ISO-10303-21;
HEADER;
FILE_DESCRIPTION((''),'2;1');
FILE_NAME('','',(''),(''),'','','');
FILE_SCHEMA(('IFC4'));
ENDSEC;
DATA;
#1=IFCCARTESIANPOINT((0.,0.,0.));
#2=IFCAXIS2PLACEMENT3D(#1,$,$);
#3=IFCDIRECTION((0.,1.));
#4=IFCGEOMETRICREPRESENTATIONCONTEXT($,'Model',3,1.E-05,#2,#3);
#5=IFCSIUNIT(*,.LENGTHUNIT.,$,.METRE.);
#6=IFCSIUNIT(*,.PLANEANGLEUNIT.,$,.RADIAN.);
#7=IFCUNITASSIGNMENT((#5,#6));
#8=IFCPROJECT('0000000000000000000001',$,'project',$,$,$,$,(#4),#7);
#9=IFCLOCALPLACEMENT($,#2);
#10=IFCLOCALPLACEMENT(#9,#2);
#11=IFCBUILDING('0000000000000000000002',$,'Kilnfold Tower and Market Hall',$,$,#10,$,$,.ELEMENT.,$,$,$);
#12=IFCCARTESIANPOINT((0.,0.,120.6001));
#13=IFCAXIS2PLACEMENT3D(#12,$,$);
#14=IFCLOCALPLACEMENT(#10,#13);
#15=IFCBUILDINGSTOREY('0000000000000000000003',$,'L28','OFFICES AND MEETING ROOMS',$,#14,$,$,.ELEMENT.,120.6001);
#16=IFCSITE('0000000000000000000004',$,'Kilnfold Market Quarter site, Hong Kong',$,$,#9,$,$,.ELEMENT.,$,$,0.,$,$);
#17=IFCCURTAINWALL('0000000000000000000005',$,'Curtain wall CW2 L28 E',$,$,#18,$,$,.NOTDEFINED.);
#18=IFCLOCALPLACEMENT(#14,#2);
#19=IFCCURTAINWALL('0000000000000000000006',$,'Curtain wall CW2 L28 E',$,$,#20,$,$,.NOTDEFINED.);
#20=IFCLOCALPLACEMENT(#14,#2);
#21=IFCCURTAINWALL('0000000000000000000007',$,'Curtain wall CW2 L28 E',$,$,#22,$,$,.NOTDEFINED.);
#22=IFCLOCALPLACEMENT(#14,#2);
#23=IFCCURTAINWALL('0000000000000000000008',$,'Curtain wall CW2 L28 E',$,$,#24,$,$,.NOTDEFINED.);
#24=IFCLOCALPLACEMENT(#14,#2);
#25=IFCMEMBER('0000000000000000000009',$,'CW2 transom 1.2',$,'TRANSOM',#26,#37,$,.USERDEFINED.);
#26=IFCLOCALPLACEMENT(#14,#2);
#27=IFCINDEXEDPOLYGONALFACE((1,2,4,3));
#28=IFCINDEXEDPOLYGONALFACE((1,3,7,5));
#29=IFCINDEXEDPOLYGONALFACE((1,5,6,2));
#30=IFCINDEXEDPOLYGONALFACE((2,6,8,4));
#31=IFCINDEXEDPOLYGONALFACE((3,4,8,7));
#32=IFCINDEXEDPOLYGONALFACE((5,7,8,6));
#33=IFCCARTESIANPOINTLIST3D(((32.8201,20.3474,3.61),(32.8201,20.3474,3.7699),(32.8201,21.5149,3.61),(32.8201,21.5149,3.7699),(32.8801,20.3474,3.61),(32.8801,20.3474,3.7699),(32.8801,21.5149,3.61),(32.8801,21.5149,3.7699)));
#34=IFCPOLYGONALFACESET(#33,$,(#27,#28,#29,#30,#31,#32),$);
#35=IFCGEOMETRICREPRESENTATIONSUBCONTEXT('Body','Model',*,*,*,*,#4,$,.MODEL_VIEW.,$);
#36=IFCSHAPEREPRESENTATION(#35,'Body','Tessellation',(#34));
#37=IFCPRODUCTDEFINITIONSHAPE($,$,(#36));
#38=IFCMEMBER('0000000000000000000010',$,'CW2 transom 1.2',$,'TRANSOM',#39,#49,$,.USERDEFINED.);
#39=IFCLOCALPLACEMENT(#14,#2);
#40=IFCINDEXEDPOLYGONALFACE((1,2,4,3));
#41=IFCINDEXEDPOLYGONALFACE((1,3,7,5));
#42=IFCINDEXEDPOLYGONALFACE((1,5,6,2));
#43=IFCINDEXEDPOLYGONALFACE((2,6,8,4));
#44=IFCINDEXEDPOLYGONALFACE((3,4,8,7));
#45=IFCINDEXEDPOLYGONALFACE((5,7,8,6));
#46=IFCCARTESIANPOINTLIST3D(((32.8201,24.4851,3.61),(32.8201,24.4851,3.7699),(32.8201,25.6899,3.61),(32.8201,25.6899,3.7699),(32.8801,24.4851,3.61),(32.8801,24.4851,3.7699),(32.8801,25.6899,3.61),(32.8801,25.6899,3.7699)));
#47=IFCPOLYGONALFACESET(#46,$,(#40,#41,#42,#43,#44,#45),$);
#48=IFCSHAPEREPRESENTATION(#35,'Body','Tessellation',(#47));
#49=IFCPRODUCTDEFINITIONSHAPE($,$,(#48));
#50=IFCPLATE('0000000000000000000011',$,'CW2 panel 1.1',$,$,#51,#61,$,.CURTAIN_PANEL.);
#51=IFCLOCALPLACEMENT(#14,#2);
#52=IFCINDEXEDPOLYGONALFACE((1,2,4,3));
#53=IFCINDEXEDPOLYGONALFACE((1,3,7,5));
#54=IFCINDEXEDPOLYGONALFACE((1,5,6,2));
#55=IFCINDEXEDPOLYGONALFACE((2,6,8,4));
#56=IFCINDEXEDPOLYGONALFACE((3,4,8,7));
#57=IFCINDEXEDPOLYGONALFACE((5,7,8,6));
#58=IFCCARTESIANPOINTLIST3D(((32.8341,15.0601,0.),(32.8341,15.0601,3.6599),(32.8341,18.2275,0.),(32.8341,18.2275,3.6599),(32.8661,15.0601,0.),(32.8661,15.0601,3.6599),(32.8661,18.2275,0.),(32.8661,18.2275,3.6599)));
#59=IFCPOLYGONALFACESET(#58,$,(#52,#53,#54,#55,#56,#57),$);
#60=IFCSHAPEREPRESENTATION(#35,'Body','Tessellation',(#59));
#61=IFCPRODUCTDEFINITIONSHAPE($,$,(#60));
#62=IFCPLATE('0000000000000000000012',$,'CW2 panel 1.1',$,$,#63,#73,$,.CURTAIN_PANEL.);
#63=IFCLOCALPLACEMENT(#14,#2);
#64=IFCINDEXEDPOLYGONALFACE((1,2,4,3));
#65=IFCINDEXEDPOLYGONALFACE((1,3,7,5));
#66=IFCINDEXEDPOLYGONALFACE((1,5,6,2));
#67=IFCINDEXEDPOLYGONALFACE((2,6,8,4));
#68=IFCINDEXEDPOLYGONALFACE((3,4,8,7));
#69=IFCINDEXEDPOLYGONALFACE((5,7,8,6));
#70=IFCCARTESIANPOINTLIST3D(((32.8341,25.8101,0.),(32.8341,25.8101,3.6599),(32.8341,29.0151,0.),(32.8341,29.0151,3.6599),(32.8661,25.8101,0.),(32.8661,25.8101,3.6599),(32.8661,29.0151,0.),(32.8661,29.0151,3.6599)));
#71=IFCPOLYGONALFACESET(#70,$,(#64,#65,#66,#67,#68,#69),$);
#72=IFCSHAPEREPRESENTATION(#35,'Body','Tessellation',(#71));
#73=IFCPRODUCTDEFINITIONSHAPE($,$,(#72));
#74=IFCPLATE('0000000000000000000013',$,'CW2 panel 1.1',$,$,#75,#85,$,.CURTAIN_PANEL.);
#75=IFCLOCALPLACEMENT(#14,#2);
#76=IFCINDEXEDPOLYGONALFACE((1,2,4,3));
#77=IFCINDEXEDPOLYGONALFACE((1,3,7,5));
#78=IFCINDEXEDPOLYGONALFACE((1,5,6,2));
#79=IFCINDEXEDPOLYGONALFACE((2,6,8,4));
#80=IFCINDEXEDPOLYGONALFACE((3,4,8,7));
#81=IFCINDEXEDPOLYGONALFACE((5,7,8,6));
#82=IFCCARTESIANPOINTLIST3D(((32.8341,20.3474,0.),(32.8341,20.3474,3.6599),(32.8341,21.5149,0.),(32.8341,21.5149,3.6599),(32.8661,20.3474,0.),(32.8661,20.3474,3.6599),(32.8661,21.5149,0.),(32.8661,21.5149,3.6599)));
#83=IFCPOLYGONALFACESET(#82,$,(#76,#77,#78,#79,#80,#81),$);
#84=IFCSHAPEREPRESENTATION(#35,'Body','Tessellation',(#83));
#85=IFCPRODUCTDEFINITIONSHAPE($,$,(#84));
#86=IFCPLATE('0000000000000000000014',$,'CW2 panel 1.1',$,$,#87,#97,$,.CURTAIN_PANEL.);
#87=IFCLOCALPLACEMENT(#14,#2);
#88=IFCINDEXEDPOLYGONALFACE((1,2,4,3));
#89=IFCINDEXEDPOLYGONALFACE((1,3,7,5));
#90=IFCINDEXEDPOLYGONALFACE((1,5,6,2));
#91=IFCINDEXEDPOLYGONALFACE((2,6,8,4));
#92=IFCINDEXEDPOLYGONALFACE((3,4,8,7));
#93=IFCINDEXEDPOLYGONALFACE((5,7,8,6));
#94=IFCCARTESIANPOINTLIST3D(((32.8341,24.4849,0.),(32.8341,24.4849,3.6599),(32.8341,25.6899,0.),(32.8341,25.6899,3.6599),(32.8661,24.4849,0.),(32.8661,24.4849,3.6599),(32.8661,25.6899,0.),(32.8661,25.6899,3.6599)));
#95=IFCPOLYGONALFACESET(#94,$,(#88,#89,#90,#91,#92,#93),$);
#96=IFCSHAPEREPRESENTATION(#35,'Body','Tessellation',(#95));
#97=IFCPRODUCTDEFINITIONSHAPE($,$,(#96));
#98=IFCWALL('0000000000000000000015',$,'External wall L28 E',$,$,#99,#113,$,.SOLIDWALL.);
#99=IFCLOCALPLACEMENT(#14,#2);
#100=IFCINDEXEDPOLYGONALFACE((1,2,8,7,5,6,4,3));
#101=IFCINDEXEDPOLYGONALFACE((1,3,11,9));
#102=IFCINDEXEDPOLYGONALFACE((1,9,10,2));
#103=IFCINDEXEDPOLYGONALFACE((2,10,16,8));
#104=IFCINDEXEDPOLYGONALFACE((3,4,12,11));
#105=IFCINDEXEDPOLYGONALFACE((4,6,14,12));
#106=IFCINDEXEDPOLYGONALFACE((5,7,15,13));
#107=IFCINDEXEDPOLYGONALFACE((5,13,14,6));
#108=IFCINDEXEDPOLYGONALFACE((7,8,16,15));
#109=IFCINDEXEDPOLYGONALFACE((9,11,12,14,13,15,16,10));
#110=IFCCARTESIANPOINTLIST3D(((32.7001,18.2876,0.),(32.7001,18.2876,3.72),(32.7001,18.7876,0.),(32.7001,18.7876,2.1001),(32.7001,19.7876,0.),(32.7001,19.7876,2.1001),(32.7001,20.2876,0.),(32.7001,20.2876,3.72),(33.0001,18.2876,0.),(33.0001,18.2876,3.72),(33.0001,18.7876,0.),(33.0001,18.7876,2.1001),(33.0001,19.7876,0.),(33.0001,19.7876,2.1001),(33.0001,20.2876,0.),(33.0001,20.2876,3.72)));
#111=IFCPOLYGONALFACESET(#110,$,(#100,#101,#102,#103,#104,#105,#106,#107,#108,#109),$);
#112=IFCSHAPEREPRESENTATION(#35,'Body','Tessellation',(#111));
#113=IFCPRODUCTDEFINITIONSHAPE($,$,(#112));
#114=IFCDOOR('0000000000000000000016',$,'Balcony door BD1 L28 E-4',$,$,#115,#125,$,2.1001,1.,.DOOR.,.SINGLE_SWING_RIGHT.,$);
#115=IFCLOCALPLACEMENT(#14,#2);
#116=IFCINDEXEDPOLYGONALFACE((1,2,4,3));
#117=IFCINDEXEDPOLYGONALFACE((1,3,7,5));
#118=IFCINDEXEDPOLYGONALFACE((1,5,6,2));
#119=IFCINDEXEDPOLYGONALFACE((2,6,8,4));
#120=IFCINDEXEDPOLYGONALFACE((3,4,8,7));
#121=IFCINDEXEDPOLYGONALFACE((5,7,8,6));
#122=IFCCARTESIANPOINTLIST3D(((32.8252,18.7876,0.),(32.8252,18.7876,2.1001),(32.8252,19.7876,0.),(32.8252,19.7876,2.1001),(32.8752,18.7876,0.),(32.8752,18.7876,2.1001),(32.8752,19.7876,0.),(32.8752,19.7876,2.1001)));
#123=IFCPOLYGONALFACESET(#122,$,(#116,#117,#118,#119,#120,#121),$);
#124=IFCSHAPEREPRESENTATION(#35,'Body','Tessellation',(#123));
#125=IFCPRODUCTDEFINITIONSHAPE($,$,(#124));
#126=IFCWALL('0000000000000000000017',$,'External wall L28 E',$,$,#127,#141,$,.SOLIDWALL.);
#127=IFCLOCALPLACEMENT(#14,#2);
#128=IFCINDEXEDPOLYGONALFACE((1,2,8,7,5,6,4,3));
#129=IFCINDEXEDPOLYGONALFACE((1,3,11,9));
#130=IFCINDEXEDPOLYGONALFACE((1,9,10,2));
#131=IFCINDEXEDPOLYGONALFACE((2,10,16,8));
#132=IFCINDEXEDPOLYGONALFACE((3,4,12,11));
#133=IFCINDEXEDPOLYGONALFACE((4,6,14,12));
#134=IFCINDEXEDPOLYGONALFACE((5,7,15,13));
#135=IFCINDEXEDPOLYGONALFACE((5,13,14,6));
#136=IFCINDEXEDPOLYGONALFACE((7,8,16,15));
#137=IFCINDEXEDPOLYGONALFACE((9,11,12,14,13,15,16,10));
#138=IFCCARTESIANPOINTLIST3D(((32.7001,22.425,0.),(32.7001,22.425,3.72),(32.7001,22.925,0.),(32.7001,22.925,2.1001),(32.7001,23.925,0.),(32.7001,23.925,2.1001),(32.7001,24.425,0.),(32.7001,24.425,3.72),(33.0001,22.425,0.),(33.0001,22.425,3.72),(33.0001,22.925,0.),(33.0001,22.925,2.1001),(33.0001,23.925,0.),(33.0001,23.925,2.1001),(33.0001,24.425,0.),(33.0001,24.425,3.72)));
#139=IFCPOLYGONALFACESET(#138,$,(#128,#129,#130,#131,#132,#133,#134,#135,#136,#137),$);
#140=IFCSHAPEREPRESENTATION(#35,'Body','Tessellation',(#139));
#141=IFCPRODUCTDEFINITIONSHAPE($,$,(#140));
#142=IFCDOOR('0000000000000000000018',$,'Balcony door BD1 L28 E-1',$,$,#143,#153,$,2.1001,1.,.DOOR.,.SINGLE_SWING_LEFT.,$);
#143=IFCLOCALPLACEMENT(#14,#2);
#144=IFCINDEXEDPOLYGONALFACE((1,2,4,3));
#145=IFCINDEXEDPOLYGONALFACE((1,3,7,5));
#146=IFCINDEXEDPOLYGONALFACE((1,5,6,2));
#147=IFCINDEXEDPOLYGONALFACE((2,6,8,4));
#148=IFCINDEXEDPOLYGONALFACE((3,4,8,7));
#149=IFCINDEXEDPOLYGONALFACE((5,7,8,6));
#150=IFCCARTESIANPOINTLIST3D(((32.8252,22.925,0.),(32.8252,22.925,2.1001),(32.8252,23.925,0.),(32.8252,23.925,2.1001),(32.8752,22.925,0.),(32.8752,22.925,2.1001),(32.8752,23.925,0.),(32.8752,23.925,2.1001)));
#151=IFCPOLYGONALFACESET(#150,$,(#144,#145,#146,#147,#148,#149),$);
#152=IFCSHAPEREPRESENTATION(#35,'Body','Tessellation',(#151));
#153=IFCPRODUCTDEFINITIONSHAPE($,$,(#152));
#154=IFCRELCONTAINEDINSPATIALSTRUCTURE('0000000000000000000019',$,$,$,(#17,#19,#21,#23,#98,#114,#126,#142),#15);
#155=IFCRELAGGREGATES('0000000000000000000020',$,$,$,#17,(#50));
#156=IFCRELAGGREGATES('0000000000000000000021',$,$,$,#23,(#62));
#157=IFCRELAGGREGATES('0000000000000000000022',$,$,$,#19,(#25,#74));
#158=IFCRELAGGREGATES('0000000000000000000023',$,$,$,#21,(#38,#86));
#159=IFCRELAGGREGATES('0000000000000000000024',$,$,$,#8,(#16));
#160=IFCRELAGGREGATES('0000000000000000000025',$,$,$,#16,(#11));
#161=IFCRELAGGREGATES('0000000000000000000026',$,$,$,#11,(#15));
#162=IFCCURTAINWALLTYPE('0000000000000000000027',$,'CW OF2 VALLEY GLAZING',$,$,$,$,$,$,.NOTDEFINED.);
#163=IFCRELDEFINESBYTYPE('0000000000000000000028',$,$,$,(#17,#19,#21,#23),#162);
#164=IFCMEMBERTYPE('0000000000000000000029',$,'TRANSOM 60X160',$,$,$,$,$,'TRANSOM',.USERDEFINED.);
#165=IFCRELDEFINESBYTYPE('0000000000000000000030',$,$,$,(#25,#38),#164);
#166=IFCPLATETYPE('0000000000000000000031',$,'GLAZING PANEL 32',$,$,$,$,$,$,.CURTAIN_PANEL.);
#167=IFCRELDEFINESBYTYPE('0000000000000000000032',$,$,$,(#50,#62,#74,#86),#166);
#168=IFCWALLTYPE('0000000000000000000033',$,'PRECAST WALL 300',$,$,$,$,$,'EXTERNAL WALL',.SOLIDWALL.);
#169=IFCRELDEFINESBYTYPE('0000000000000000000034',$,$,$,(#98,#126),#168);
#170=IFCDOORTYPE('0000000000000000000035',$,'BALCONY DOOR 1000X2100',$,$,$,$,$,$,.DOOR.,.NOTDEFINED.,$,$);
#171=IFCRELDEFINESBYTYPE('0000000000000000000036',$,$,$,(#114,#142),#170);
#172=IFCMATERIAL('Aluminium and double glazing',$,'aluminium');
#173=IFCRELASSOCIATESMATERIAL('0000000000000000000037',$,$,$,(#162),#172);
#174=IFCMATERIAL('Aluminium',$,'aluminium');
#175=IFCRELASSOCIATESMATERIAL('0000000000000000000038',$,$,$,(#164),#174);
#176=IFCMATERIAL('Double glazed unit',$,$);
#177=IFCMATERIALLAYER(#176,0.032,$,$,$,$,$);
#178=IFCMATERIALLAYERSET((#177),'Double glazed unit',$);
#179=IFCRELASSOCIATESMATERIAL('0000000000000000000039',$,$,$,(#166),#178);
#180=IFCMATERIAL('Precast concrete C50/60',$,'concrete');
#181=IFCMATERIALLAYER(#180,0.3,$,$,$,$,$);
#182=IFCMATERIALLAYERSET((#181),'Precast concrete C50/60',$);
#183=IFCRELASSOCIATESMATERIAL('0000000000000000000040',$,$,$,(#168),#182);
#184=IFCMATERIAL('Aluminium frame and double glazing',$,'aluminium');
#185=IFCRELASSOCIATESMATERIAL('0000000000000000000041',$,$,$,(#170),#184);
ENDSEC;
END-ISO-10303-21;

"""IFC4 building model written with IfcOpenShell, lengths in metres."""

from ifc_helpers import new_model, si_unit, direction, frame, frame_2d, origin, origin_2d, place, context, subcontext, project, spatial, rectangle, extrude, source, transform, mapped, material, layer, layer_set, material_profile, profile_set, type_object, element, fill, aggregate, save


model = new_model("IFC4")

# Units and contexts
model_context = context("Model", 3, precision=1e-05, world=origin(), true_north=direction((0.0, 1.0)))
body_context = subcontext(model_context, "Body", "Model", "MODEL_VIEW")
ifc_project = project(units=[si_unit("LENGTHUNIT", "METRE"), si_unit("PLANEANGLEUNIT", "RADIAN")], contexts=[model_context])

# Site, building, storey
site_placement = place(None, origin())
site = spatial("IfcSite", under=ifc_project, at=site_placement, Name="Kilnfold Market Quarter site, Hong Kong", CompositionType="ELEMENT", RefElevation=0.0)
building_placement = place(site_placement, origin())
building = spatial("IfcBuilding", under=site, at=building_placement, Name="Kilnfold Tower and Market Hall", CompositionType="ELEMENT")
storey_placement = place(building_placement, frame((0.0, 0.0, 120.6001)))
storey = spatial("IfcBuildingStorey", under=building, at=storey_placement, Name="L28", Description="OFFICES AND MEETING ROOMS", CompositionType="ELEMENT", Elevation=120.6001)

# Shared definitions
ifc_material_1 = material(Name="Aluminium and double glazing", Category="aluminium")
curtain_wall_type = type_object("IfcCurtainWallType", Name="CW OF2 VALLEY GLAZING", PredefinedType="NOTDEFINED", material=ifc_material_1)

# Curtain walls
curtain_wall_1_placement = place(storey_placement, origin())
curtain_wall_1 = element("IfcCurtainWall", 1, at=curtain_wall_1_placement, inside=storey, type_object=curtain_wall_type, Name="Curtain wall CW2 L28 E", PredefinedType="NOTDEFINED")
curtain_wall_2_placement = place(storey_placement, origin())
curtain_wall_2 = element("IfcCurtainWall", 2, at=curtain_wall_2_placement, inside=storey, type_object=curtain_wall_type, Name="Curtain wall CW2 L28 E", PredefinedType="NOTDEFINED")
curtain_wall_3_placement = place(storey_placement, origin())
curtain_wall_3 = element("IfcCurtainWall", 3, at=curtain_wall_3_placement, inside=storey, type_object=curtain_wall_type, Name="Curtain wall CW2 L28 E", PredefinedType="NOTDEFINED")
curtain_wall_4_placement = place(storey_placement, origin())
curtain_wall_4 = element("IfcCurtainWall", 4, at=curtain_wall_4_placement, inside=storey, type_object=curtain_wall_type, Name="Curtain wall CW2 L28 E", PredefinedType="NOTDEFINED")

# Members
ifc_material_2 = material(Name="Aluminium", Category="aluminium")
ifc_material_profile_1 = material_profile(ifc_material_2, rectangle(XDim=0.0601, YDim=0.1599, at=origin_2d()), Name="TRANSOM 60x160")
ifc_profile_set_1 = profile_set([ifc_material_profile_1], Name="Aluminium")
member_type_1 = type_object("IfcMemberType", Name="TRANSOM 60X160", ElementType="TRANSOM", PredefinedType="USERDEFINED", material=ifc_profile_set_1)
shared_shape_1 = source(origin(), body_context, "Body", "SweptSolid", [
    extrude(rectangle(XDim=0.0601, YDim=0.1599, at=origin_2d()), origin(), (0.0, 0.0, 1.0), 1.1675),
])
member_1_placement = place(storey_placement, frame((32.8501, 20.3474, 3.6899), z_axis=(0.0, 1.0, 0.0), x_axis=(-1.0, 0.0, 0.0)))
member_1 = element("IfcMember", 5, at=member_1_placement, type_object=member_type_1, Name="CW2 transom 1.2", ObjectType="TRANSOM", PredefinedType="USERDEFINED", context=body_context, shape_type="MappedRepresentation", body=[
    mapped(shared_shape_1, transform((0.0, 0.0, 0.0))),
])
shared_shape_2 = source(origin(), body_context, "Body", "SweptSolid", [
    extrude(rectangle(XDim=0.0601, YDim=0.1599, at=origin_2d()), origin(), (0.0, 0.0, 1.0), 1.2048),
])
member_2_placement = place(storey_placement, frame((32.8501, 24.4851, 3.6899), z_axis=(0.0, 1.0, 0.0), x_axis=(-1.0, 0.0, 0.0)))
member_2 = element("IfcMember", 6, at=member_2_placement, type_object=member_type_1, Name="CW2 transom 1.2", ObjectType="TRANSOM", PredefinedType="USERDEFINED", context=body_context, shape_type="MappedRepresentation", body=[
    mapped(shared_shape_2, transform((0.0, 0.0, 0.0))),
])

# Plates
ifc_material_3 = material(Name="Double glazed unit")
ifc_layer_1 = layer(ifc_material_3, 0.032)
ifc_layer_set_1 = layer_set([ifc_layer_1], Name="Double glazed unit")
plate_type = type_object("IfcPlateType", Name="GLAZING PANEL 32", PredefinedType="CURTAIN_PANEL", material=ifc_layer_set_1)
shared_shape_3 = source(origin(), body_context, "Body", "SweptSolid", [
    extrude(rectangle(XDim=3.1675, YDim=0.032, at=origin_2d()), origin(), (0.0, 0.0, 1.0), 3.6599),
])
plate_1_placement = place(storey_placement, frame((32.8501, 16.6438, 0.0), z_axis=(0.0, 0.0, 1.0), x_axis=(0.0, 1.0, 0.0)))
plate_1 = element("IfcPlate", 7, at=plate_1_placement, type_object=plate_type, Name="CW2 panel 1.1", PredefinedType="CURTAIN_PANEL", context=body_context, shape_type="MappedRepresentation", body=[
    mapped(shared_shape_3, transform((0.0, 0.0, 0.0))),
])
aggregate(curtain_wall_1, [plate_1])
shared_shape_4 = source(origin(), body_context, "Body", "SweptSolid", [
    extrude(rectangle(XDim=3.2051, YDim=0.032, at=origin_2d()), origin(), (0.0, 0.0, 1.0), 3.6599),
])
plate_2_placement = place(storey_placement, frame((32.8501, 27.4126, 0.0), z_axis=(0.0, 0.0, 1.0), x_axis=(0.0, 1.0, 0.0)))
plate_2 = element("IfcPlate", 8, at=plate_2_placement, type_object=plate_type, Name="CW2 panel 1.1", PredefinedType="CURTAIN_PANEL", context=body_context, shape_type="MappedRepresentation", body=[
    mapped(shared_shape_4, transform((0.0, 0.0, 0.0))),
])
aggregate(curtain_wall_4, [plate_2])
shared_shape_5 = source(origin(), body_context, "Body", "SweptSolid", [
    extrude(rectangle(XDim=1.1675, YDim=0.032, at=origin_2d()), origin(), (0.0, 0.0, 1.0), 3.6599),
])
plate_3_placement = place(storey_placement, frame((32.8501, 20.9312, 0.0), z_axis=(0.0, 0.0, 1.0), x_axis=(0.0, 1.0, 0.0)))
plate_3 = element("IfcPlate", 9, at=plate_3_placement, type_object=plate_type, Name="CW2 panel 1.1", PredefinedType="CURTAIN_PANEL", context=body_context, shape_type="MappedRepresentation", body=[
    mapped(shared_shape_5, transform((0.0, 0.0, 0.0))),
])
aggregate(curtain_wall_2, [member_1, plate_3])
shared_shape_6 = source(origin(), body_context, "Body", "SweptSolid", [
    extrude(rectangle(XDim=1.2051, YDim=0.032, at=origin_2d()), origin(), (0.0, 0.0, 1.0), 3.6599),
])
plate_4_placement = place(storey_placement, frame((32.8501, 25.0874, 0.0), z_axis=(0.0, 0.0, 1.0), x_axis=(0.0, 1.0, 0.0)))
plate_4 = element("IfcPlate", 10, at=plate_4_placement, type_object=plate_type, Name="CW2 panel 1.1", PredefinedType="CURTAIN_PANEL", context=body_context, shape_type="MappedRepresentation", body=[
    mapped(shared_shape_6, transform((0.0, 0.0, 0.0))),
])
aggregate(curtain_wall_3, [member_2, plate_4])

# Walls, openings, doors
ifc_material_4 = material(Name="Precast concrete C50/60", Category="concrete")
ifc_layer_2 = layer(ifc_material_4, 0.3)
ifc_layer_set_2 = layer_set([ifc_layer_2], Name="Precast concrete C50/60")
wall_type = type_object("IfcWallType", Name="PRECAST WALL 300", ElementType="EXTERNAL WALL", PredefinedType="SOLIDWALL", material=ifc_layer_set_2)
shared_shape_7 = source(origin(), body_context, "Body", "SweptSolid", [
    extrude(rectangle(XDim=2.0, YDim=0.3, at=frame_2d((1.0, 0.0))), origin(), (0.0, 0.0, 1.0), 3.72),
])
wall_1_placement = place(storey_placement, frame((32.8501, 18.2876, 0.0), z_axis=(0.0, 0.0, 1.0), x_axis=(0.0, 1.0, 0.0)))
wall_1 = element("IfcWall", 11, at=wall_1_placement, inside=storey, type_object=wall_type, Name="External wall L28 E", PredefinedType="SOLIDWALL", context=body_context, shape_type="MappedRepresentation", body=[
    mapped(shared_shape_7, transform((0.0, 0.0, 0.0))),
])
opening_1_placement = place(wall_1_placement, frame((0.5, 0.0, 0.0)))
opening_1 = element("IfcOpeningElement", 12, at=opening_1_placement, cuts=wall_1, PredefinedType="OPENING", context=body_context, shape_type="SweptSolid", body=[
    extrude(rectangle(XDim=1.0, YDim=2.1001, at=frame_2d((0.5, 1.05))), frame((0.0, 0.1602, 0.0), z_axis=(0.0, -1.0, 0.0), x_axis=(1.0, 0.0, 0.0)), (0.0, 0.0, 1.0), 0.3201),
])
ifc_material_5 = material(Name="Aluminium frame and double glazing", Category="aluminium")
door_type = type_object("IfcDoorType", Name="BALCONY DOOR 1000X2100", OperationType="NOTDEFINED", PredefinedType="DOOR", material=ifc_material_5)
door_1_placement = place(opening_1_placement, origin())
door_1 = element("IfcDoor", 13, at=door_1_placement, inside=storey, type_object=door_type, Name="Balcony door BD1 L28 E-4", OperationType="SINGLE_SWING_RIGHT", OverallHeight=2.1001, OverallWidth=1.0, PredefinedType="DOOR", context=body_context, shape_type="SweptSolid", body=[
    extrude(rectangle(XDim=1.0, YDim=2.1001, at=frame_2d((0.5, 1.05))), frame((0.0, 0.0249, 0.0), z_axis=(0.0, -1.0, 0.0), x_axis=(1.0, 0.0, 0.0)), (0.0, 0.0, 1.0), 0.05),
])
fill(opening_1, door_1)
wall_2_placement = place(storey_placement, frame((32.8501, 22.425, 0.0), z_axis=(0.0, 0.0, 1.0), x_axis=(0.0, 1.0, 0.0)))
wall_2 = element("IfcWall", 14, at=wall_2_placement, inside=storey, type_object=wall_type, Name="External wall L28 E", PredefinedType="SOLIDWALL", context=body_context, shape_type="MappedRepresentation", body=[
    mapped(shared_shape_7, transform((0.0, 0.0, 0.0))),
])
opening_2_placement = place(wall_2_placement, frame((0.5, 0.0, 0.0)))
opening_2 = element("IfcOpeningElement", 15, at=opening_2_placement, cuts=wall_2, PredefinedType="OPENING", context=body_context, shape_type="SweptSolid", body=[
    extrude(rectangle(XDim=1.0, YDim=2.1001, at=frame_2d((0.5, 1.05))), frame((0.0, 0.1602, 0.0), z_axis=(0.0, -1.0, 0.0), x_axis=(1.0, 0.0, 0.0)), (0.0, 0.0, 1.0), 0.3201),
])
door_2_placement = place(opening_2_placement, origin())
door_2 = element("IfcDoor", 16, at=door_2_placement, inside=storey, type_object=door_type, Name="Balcony door BD1 L28 E-1", OperationType="SINGLE_SWING_LEFT", OverallHeight=2.1001, OverallWidth=1.0, PredefinedType="DOOR", context=body_context, shape_type="SweptSolid", body=[
    extrude(rectangle(XDim=1.0, YDim=2.1001, at=frame_2d((0.5, 1.05))), frame((0.0, 0.0249, 0.0), z_axis=(0.0, -1.0, 0.0), x_axis=(1.0, 0.0, 0.0)), (0.0, 0.0, 1.0), 0.05),
])
fill(opening_2, door_2)

save(model, "model.ifc")
